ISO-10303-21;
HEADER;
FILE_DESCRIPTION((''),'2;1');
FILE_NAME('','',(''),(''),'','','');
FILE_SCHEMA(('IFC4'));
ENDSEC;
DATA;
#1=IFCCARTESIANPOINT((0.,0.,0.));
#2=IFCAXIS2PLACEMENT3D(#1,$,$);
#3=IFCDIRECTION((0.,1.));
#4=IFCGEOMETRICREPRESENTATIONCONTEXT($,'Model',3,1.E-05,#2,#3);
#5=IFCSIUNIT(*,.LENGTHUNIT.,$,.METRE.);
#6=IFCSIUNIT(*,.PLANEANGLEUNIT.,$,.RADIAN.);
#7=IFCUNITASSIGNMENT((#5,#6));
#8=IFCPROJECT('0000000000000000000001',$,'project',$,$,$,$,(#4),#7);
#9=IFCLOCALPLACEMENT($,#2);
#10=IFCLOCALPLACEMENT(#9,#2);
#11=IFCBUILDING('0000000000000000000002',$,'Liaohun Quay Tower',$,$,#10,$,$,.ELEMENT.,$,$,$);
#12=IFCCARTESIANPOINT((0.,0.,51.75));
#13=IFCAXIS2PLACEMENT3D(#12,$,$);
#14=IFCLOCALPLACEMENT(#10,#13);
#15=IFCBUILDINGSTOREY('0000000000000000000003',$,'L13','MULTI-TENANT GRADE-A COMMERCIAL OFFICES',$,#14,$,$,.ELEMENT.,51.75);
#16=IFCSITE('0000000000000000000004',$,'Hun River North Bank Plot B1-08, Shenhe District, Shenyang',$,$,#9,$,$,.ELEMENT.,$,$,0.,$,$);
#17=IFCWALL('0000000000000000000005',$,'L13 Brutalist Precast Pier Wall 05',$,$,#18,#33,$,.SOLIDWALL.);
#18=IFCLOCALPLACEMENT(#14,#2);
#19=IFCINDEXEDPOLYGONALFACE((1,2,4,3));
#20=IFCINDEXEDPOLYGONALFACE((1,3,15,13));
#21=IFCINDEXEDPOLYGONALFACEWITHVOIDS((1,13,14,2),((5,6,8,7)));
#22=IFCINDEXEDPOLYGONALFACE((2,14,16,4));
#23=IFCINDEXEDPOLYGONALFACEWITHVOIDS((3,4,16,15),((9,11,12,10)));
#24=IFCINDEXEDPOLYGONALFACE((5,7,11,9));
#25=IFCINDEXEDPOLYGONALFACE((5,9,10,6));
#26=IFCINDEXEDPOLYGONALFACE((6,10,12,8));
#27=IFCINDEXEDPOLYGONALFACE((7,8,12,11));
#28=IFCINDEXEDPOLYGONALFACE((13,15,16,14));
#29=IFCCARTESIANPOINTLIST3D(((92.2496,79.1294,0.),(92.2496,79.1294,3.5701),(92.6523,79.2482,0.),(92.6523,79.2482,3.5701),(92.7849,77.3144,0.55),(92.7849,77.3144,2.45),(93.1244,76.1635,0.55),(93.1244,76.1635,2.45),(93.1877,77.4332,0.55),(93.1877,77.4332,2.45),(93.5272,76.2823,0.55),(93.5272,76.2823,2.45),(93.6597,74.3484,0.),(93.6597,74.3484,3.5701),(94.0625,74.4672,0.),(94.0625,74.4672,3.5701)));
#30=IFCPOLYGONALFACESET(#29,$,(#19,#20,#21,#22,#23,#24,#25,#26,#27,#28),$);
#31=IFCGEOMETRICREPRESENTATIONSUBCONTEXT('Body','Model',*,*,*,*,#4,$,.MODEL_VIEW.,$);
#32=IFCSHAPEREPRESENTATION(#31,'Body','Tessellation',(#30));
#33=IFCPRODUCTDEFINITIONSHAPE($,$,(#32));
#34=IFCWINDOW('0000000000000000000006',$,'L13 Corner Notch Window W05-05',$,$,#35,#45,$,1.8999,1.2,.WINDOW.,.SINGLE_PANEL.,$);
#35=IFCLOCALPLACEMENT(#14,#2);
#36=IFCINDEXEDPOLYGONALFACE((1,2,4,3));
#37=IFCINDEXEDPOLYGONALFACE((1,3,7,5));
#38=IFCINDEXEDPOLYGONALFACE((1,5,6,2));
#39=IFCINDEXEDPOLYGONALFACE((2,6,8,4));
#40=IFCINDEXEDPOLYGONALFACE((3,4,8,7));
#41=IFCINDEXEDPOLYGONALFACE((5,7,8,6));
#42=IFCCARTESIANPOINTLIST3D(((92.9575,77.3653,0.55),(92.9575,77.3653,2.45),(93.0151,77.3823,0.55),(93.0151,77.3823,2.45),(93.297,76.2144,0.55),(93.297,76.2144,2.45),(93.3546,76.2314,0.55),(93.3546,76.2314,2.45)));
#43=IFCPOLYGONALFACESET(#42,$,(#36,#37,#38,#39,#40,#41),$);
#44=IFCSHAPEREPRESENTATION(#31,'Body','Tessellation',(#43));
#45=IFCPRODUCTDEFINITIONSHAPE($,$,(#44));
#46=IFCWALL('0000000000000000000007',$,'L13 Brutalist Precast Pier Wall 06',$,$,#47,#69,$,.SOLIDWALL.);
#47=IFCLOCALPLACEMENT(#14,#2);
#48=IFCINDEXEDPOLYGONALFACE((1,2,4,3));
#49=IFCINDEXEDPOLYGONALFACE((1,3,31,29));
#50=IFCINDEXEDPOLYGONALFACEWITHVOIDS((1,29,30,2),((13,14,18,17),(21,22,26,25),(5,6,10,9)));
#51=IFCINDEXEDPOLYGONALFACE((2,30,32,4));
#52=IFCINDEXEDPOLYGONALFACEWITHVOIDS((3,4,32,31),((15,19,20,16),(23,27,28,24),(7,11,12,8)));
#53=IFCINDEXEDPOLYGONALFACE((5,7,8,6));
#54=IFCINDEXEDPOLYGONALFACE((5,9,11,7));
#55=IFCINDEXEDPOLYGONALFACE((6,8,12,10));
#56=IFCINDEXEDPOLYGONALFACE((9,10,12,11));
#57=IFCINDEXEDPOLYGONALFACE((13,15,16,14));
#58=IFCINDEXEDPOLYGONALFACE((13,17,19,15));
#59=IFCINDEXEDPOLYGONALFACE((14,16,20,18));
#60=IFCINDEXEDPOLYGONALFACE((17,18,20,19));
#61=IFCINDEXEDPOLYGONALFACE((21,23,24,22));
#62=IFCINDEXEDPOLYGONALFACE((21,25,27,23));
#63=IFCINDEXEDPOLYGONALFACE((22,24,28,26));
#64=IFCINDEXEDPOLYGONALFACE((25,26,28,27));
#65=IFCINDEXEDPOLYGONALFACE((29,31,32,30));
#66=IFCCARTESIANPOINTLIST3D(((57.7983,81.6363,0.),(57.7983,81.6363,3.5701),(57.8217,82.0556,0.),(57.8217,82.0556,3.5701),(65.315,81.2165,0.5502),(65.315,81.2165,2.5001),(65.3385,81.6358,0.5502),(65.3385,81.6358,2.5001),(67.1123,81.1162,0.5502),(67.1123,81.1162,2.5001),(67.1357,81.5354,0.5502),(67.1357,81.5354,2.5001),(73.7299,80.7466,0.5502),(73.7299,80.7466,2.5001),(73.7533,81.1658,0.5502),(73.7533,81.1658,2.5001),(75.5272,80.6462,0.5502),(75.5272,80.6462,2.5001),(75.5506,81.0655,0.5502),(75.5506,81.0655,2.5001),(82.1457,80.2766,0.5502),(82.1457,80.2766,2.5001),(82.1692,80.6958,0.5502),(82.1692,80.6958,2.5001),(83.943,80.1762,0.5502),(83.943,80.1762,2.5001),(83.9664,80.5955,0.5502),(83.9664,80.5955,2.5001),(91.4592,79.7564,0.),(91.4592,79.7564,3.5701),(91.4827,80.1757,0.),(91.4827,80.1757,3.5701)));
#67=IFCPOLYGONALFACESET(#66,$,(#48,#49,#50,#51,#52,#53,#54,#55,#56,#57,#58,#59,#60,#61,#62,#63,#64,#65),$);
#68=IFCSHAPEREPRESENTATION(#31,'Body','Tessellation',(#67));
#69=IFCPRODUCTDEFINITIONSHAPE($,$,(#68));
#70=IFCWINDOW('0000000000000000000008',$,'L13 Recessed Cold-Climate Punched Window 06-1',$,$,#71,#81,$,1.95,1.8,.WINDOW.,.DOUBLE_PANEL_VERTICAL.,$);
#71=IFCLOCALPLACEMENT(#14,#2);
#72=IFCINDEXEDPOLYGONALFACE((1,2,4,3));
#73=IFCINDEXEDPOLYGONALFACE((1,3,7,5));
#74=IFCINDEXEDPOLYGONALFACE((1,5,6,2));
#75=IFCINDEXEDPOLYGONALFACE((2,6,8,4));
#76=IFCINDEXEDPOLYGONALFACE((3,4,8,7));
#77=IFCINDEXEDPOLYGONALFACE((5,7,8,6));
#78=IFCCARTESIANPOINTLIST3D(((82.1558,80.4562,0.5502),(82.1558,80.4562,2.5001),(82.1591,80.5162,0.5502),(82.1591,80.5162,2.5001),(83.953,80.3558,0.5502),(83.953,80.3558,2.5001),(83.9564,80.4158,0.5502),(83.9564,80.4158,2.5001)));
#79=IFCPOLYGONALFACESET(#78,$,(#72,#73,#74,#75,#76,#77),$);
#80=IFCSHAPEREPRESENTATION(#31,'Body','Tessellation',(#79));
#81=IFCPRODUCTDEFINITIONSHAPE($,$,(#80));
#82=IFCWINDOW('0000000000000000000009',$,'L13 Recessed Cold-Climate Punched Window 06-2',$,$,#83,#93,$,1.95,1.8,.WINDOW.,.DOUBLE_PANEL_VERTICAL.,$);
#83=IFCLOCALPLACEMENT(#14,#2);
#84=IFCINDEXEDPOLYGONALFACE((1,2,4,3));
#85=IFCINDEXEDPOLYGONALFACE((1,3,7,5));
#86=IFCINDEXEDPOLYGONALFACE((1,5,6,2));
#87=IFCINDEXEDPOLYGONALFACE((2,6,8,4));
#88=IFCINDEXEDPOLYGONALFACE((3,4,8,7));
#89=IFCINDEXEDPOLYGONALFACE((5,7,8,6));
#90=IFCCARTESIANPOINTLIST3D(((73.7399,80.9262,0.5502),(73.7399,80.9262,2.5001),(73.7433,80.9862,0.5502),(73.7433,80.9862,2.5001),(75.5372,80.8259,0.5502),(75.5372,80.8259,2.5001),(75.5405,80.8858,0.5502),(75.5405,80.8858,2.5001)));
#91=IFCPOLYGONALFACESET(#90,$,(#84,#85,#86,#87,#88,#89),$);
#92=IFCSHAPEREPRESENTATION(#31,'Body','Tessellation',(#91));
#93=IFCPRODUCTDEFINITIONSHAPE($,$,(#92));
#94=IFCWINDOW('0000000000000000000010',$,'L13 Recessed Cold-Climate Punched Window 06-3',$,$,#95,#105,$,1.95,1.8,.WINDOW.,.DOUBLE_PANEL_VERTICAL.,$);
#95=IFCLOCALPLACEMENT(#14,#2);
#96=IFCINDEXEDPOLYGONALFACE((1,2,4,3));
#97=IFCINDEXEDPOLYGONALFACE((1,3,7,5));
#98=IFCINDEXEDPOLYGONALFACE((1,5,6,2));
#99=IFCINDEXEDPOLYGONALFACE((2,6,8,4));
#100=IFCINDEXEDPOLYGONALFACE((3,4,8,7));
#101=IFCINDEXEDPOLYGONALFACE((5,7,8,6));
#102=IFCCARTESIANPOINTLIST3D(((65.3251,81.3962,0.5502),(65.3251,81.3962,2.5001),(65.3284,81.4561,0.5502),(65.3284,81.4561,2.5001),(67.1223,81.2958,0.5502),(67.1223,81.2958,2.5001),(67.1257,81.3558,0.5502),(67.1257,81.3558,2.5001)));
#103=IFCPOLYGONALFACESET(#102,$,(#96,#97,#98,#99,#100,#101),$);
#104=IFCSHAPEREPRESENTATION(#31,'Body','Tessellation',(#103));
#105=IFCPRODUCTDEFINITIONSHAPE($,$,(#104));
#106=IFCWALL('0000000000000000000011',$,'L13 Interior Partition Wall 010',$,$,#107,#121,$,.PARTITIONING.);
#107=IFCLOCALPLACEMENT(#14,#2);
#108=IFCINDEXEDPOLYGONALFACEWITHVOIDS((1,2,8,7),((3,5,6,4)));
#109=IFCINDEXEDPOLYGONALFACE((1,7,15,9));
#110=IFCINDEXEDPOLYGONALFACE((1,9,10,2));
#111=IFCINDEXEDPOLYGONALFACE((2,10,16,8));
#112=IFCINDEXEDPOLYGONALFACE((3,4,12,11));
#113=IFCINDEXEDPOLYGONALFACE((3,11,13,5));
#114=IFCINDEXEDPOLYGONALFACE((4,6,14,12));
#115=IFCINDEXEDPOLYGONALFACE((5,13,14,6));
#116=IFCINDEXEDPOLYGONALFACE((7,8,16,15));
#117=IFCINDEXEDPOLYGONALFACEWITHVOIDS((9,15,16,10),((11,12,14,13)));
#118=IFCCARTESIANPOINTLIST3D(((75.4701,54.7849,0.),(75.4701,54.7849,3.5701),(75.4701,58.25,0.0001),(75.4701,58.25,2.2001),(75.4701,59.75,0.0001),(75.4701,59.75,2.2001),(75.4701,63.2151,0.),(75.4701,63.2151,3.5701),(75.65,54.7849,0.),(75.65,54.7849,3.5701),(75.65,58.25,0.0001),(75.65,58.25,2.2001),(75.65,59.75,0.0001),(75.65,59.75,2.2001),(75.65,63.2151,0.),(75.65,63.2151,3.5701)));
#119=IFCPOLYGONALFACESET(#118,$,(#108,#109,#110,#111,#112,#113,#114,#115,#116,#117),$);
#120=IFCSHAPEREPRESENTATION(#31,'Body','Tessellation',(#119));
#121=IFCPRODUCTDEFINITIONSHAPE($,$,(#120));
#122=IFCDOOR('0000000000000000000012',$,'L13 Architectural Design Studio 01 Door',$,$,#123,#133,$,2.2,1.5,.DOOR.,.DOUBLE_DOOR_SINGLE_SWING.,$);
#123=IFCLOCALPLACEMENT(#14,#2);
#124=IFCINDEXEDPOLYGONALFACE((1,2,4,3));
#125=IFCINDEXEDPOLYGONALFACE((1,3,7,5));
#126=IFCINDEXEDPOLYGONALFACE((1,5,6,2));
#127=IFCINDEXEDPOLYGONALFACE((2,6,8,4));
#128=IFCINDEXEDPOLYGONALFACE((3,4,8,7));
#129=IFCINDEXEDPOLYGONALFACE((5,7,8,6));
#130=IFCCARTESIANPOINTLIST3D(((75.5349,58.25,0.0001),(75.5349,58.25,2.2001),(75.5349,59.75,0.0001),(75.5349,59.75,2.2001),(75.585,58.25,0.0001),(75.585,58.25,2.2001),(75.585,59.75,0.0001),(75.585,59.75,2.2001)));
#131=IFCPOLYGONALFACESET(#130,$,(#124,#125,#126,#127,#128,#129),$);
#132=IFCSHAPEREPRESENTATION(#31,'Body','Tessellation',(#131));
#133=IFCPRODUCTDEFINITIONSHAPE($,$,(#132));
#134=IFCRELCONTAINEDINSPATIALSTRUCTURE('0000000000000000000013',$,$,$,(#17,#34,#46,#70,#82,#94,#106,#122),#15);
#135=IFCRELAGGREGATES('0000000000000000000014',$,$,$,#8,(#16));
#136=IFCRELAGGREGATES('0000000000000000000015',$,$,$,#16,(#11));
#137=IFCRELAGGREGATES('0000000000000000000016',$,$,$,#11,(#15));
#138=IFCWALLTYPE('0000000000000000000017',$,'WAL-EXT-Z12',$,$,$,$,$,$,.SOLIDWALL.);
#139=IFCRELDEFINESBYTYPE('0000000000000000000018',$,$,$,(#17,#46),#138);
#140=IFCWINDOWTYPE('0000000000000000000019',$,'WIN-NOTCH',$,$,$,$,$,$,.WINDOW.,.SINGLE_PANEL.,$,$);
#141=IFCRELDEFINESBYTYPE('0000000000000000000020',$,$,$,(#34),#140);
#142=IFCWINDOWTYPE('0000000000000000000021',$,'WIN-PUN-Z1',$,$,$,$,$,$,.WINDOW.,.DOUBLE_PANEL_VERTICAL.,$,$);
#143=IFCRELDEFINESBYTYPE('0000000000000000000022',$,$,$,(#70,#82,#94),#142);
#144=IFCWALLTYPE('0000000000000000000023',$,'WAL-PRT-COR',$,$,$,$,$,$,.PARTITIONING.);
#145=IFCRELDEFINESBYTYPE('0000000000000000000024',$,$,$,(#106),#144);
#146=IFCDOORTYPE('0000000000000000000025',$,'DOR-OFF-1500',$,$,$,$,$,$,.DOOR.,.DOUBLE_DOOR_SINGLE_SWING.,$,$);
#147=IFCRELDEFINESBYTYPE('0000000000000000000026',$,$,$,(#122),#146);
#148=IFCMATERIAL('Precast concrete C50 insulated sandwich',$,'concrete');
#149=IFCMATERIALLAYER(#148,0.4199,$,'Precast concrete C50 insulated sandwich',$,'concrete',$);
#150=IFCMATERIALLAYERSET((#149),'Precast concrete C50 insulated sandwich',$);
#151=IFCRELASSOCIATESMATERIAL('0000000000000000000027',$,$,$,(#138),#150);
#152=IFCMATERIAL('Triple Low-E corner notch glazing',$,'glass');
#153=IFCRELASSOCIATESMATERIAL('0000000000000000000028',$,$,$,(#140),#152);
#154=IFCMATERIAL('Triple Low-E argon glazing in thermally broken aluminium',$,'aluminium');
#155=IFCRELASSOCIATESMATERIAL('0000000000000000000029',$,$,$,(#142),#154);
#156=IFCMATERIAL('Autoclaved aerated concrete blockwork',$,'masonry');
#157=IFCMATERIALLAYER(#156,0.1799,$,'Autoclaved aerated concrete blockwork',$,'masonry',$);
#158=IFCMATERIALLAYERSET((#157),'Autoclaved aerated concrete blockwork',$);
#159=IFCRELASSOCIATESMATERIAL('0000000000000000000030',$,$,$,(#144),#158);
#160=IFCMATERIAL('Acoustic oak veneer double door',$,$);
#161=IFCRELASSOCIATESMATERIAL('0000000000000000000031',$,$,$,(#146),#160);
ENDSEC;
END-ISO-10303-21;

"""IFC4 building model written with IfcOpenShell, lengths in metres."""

from ifc_helpers import new_model, si_unit, direction, frame, frame_2d, origin, place, context, subcontext, project, spatial, rectangle, extrude, source, transform, mapped, material, layer, layer_set, type_object, element, fill, save


model = new_model("IFC4")

# Units and contexts
model_context = context("Model", 3, precision=1e-05, world=origin(), true_north=direction((0.0, 1.0)))
body_context = subcontext(model_context, "Body", "Model", "MODEL_VIEW")
ifc_project = project(units=[si_unit("LENGTHUNIT", "METRE"), si_unit("PLANEANGLEUNIT", "RADIAN")], contexts=[model_context])

# Site, building, storey
site_placement = place(None, origin())
site = spatial("IfcSite", under=ifc_project, at=site_placement, Name="Hun River North Bank Plot B1-08, Shenhe District, Shenyang", CompositionType="ELEMENT", RefElevation=0.0)
building_placement = place(site_placement, origin())
building = spatial("IfcBuilding", under=site, at=building_placement, Name="Liaohun Quay Tower", CompositionType="ELEMENT")
storey_placement = place(building_placement, frame((0.0, 0.0, 51.75)))
storey = spatial("IfcBuildingStorey", under=building, at=storey_placement, Name="L13", Description="MULTI-TENANT GRADE-A COMMERCIAL OFFICES", CompositionType="ELEMENT", Elevation=51.75)

# Wall, opening, window
ifc_material_1 = material(Name="Precast concrete C50 insulated sandwich", Category="concrete")
ifc_layer_1 = layer(ifc_material_1, 0.4199, Name="Precast concrete C50 insulated sandwich", Category="concrete")
ifc_layer_set_1 = layer_set([ifc_layer_1], Name="Precast concrete C50 insulated sandwich")
wall_type_1 = type_object("IfcWallType", Name="WAL-EXT-Z12", PredefinedType="SOLIDWALL", material=ifc_layer_set_1)
shared_shape_1 = source(origin(), body_context, "Body", "SweptSolid", [
    extrude(rectangle(XDim=1.2, YDim=1.8999, at=frame_2d((0.6001, 0.95))), frame((0.0, 0.22, 0.0), z_axis=(0.0, -1.0, 0.0), x_axis=(1.0, 0.0, 0.0)), (0.0, 0.0, 1.0), 0.4399),
])
ifc_material_2 = material(Name="Triple Low-E corner notch glazing", Category="glass")
window_type_1 = type_object("IfcWindowType", Name="WIN-NOTCH", PartitioningType="SINGLE_PANEL", PredefinedType="WINDOW", material=ifc_material_2)
shared_shape_2 = source(origin(), body_context, "Body", "SweptSolid", [
    extrude(rectangle(XDim=1.2, YDim=1.8999, at=frame_2d((0.6001, 0.95))), frame((0.0, 0.03, 0.0), z_axis=(0.0, -1.0, 0.0), x_axis=(1.0, 0.0, 0.0)), (0.0, 0.0, 1.0), 0.0601),
])
wall_1_placement = place(storey_placement, frame((93.8611, 74.408, 0.0), z_axis=(0.0, 0.0, 1.0), x_axis=(-0.282901, 0.959149, 0.0)))
wall_1 = element("IfcWall", 1, at=wall_1_placement, inside=storey, type_object=wall_type_1, Name="L13 Brutalist Precast Pier Wall 05", PredefinedType="SOLIDWALL", context=body_context, shape_type="SweptSolid", body=[
    extrude(rectangle(XDim=4.9846, YDim=0.4199, at=frame_2d((2.4922, 0.0))), origin(), (0.0, 0.0, 1.0), 3.5701),
])
opening_1_placement = place(wall_1_placement, frame((1.8921, 0.0, 0.55)))
opening_1 = element("IfcOpeningElement", 2, at=opening_1_placement, cuts=wall_1, PredefinedType="OPENING", context=body_context, shape_type="MappedRepresentation", body=[
    mapped(shared_shape_1, transform((0.0, 0.0, 0.0), x_axis=(1.0, 0.0, 0.0), y_axis=(0.0, 1.0, 0.0), z_axis=(0.0, 0.0, 1.0), scale=1.0)),
])
window_1_placement = place(opening_1_placement, origin())
window_1 = element("IfcWindow", 3, at=window_1_placement, inside=storey, type_object=window_type_1, Name="L13 Corner Notch Window W05-05", OverallHeight=1.8999, OverallWidth=1.2, PartitioningType="SINGLE_PANEL", PredefinedType="WINDOW", context=body_context, shape_type="MappedRepresentation", body=[
    mapped(shared_shape_2, transform((0.0, 0.0, 0.0), x_axis=(1.0, 0.0, 0.0), y_axis=(0.0, 1.0, 0.0), z_axis=(0.0, 0.0, 1.0), scale=1.0)),
])
fill(opening_1, window_1)

# Wall, openings, windows
wall_2_placement = place(storey_placement, frame((91.4709, 79.9661, 0.0), z_axis=(0.0, 0.0, 1.0), x_axis=(-0.998444, 0.055761, 0.0)))
wall_2 = element("IfcWall", 4, at=wall_2_placement, inside=storey, type_object=wall_type_1, Name="L13 Brutalist Precast Pier Wall 06", PredefinedType="SOLIDWALL", context=body_context, shape_type="SweptSolid", body=[
    extrude(rectangle(XDim=33.7134, YDim=0.4199, at=frame_2d((16.8567, 0.0))), origin(), (0.0, 0.0, 1.0), 3.5701),
])
shared_shape_3 = source(origin(), body_context, "Body", "SweptSolid", [
    extrude(rectangle(XDim=1.8, YDim=1.95, at=frame_2d((0.8999, 0.9751))), frame((0.0, 0.22, 0.0), z_axis=(0.0, -1.0, 0.0), x_axis=(1.0, 0.0, 0.0)), (0.0, 0.0, 1.0), 0.4399),
])
opening_2_placement = place(wall_2_placement, frame((7.5281, 0.0, 0.55)))
opening_2 = element("IfcOpeningElement", 5, at=opening_2_placement, cuts=wall_2, PredefinedType="OPENING", context=body_context, shape_type="MappedRepresentation", body=[
    mapped(shared_shape_3, transform((0.0, 0.0, 0.0), x_axis=(1.0, 0.0, 0.0), y_axis=(0.0, 1.0, 0.0), z_axis=(0.0, 0.0, 1.0), scale=1.0)),
])
opening_3_placement = place(wall_2_placement, frame((15.957, 0.0, 0.55)))
opening_3 = element("IfcOpeningElement", 6, at=opening_3_placement, cuts=wall_2, PredefinedType="OPENING", context=body_context, shape_type="MappedRepresentation", body=[
    mapped(shared_shape_3, transform((0.0, 0.0, 0.0), x_axis=(1.0, 0.0, 0.0), y_axis=(0.0, 1.0, 0.0), z_axis=(0.0, 0.0, 1.0), scale=1.0)),
])
opening_4_placement = place(wall_2_placement, frame((24.385, 0.0, 0.55)))
opening_4 = element("IfcOpeningElement", 7, at=opening_4_placement, cuts=wall_2, PredefinedType="OPENING", context=body_context, shape_type="MappedRepresentation", body=[
    mapped(shared_shape_3, transform((0.0, 0.0, 0.0), x_axis=(1.0, 0.0, 0.0), y_axis=(0.0, 1.0, 0.0), z_axis=(0.0, 0.0, 1.0), scale=1.0)),
])
ifc_material_3 = material(Name="Triple Low-E argon glazing in thermally broken aluminium", Category="aluminium")
window_type_2 = type_object("IfcWindowType", Name="WIN-PUN-Z1", PartitioningType="DOUBLE_PANEL_VERTICAL", PredefinedType="WINDOW", material=ifc_material_3)
shared_shape_4 = source(origin(), body_context, "Body", "SweptSolid", [
    extrude(rectangle(XDim=1.8, YDim=1.95, at=frame_2d((0.8999, 0.9751))), frame((0.0, 0.03, 0.0), z_axis=(0.0, -1.0, 0.0), x_axis=(1.0, 0.0, 0.0)), (0.0, 0.0, 1.0), 0.0601),
])
window_2_placement = place(opening_2_placement, origin())
window_2 = element("IfcWindow", 8, at=window_2_placement, inside=storey, type_object=window_type_2, Name="L13 Recessed Cold-Climate Punched Window 06-1", OverallHeight=1.95, OverallWidth=1.8, PartitioningType="DOUBLE_PANEL_VERTICAL", PredefinedType="WINDOW", context=body_context, shape_type="MappedRepresentation", body=[
    mapped(shared_shape_4, transform((0.0, 0.0, 0.0), x_axis=(1.0, 0.0, 0.0), y_axis=(0.0, 1.0, 0.0), z_axis=(0.0, 0.0, 1.0), scale=1.0)),
])
fill(opening_2, window_2)
window_3_placement = place(opening_3_placement, origin())
window_3 = element("IfcWindow", 9, at=window_3_placement, inside=storey, type_object=window_type_2, Name="L13 Recessed Cold-Climate Punched Window 06-2", OverallHeight=1.95, OverallWidth=1.8, PartitioningType="DOUBLE_PANEL_VERTICAL", PredefinedType="WINDOW", context=body_context, shape_type="MappedRepresentation", body=[
    mapped(shared_shape_4, transform((0.0, 0.0, 0.0), x_axis=(1.0, 0.0, 0.0), y_axis=(0.0, 1.0, 0.0), z_axis=(0.0, 0.0, 1.0), scale=1.0)),
])
fill(opening_3, window_3)
window_4_placement = place(opening_4_placement, origin())
window_4 = element("IfcWindow", 10, at=window_4_placement, inside=storey, type_object=window_type_2, Name="L13 Recessed Cold-Climate Punched Window 06-3", OverallHeight=1.95, OverallWidth=1.8, PartitioningType="DOUBLE_PANEL_VERTICAL", PredefinedType="WINDOW", context=body_context, shape_type="MappedRepresentation", body=[
    mapped(shared_shape_4, transform((0.0, 0.0, 0.0), x_axis=(1.0, 0.0, 0.0), y_axis=(0.0, 1.0, 0.0), z_axis=(0.0, 0.0, 1.0), scale=1.0)),
])
fill(opening_4, window_4)

# Wall, opening, door
ifc_material_4 = material(Name="Autoclaved aerated concrete blockwork", Category="masonry")
ifc_layer_2 = layer(ifc_material_4, 0.1799, Name="Autoclaved aerated concrete blockwork", Category="masonry")
ifc_layer_set_2 = layer_set([ifc_layer_2], Name="Autoclaved aerated concrete blockwork")
wall_type_2 = type_object("IfcWallType", Name="WAL-PRT-COR", PredefinedType="PARTITIONING", material=ifc_layer_set_2)
wall_3_placement = place(storey_placement, frame((75.5601, 63.2151, 0.0), z_axis=(0.0, 0.0, 1.0), x_axis=(0.0, -1.0, 0.0)))
wall_3 = element("IfcWall", 11, at=wall_3_placement, inside=storey, type_object=wall_type_2, Name="L13 Interior Partition Wall 010", PredefinedType="PARTITIONING", context=body_context, shape_type="SweptSolid", body=[
    extrude(rectangle(XDim=8.4302, YDim=0.1799, at=frame_2d((4.2151, 0.0))), origin(), (0.0, 0.0, 1.0), 3.5701),
])
shared_shape_5 = source(origin(), body_context, "Body", "SweptSolid", [
    extrude(rectangle(XDim=1.5, YDim=2.2, at=frame_2d((0.75, 1.1001))), frame((0.0, 0.0999, 0.0), z_axis=(0.0, -1.0, 0.0), x_axis=(1.0, 0.0, 0.0)), (0.0, 0.0, 1.0), 0.2),
])
opening_5_placement = place(wall_3_placement, frame((3.4651, 0.0, 0.0)))
opening_5 = element("IfcOpeningElement", 12, at=opening_5_placement, cuts=wall_3, PredefinedType="OPENING", context=body_context, shape_type="MappedRepresentation", body=[
    mapped(shared_shape_5, transform((0.0, 0.0, 0.0), x_axis=(1.0, 0.0, 0.0), y_axis=(0.0, 1.0, 0.0), z_axis=(0.0, 0.0, 1.0), scale=1.0)),
])
ifc_material_5 = material(Name="Acoustic oak veneer double door")
door_type_1 = type_object("IfcDoorType", Name="DOR-OFF-1500", OperationType="DOUBLE_DOOR_SINGLE_SWING", PredefinedType="DOOR", material=ifc_material_5)
shared_shape_6 = source(origin(), body_context, "Body", "SweptSolid", [
    extrude(rectangle(XDim=1.5, YDim=2.2, at=frame_2d((0.75, 1.1001))), frame((0.0, 0.0249, 0.0), z_axis=(0.0, -1.0, 0.0), x_axis=(1.0, 0.0, 0.0)), (0.0, 0.0, 1.0), 0.05),
])
door_1_placement = place(opening_5_placement, origin())
door_1 = element("IfcDoor", 13, at=door_1_placement, inside=storey, type_object=door_type_1, Name="L13 Architectural Design Studio 01 Door", OperationType="DOUBLE_DOOR_SINGLE_SWING", OverallHeight=2.2, OverallWidth=1.5, PredefinedType="DOOR", context=body_context, shape_type="MappedRepresentation", body=[
    mapped(shared_shape_6, transform((0.0, 0.0, 0.0), x_axis=(1.0, 0.0, 0.0), y_axis=(0.0, 1.0, 0.0), z_axis=(0.0, 0.0, 1.0), scale=1.0)),
])
fill(opening_5, door_1)

save(model, "model.ifc")
